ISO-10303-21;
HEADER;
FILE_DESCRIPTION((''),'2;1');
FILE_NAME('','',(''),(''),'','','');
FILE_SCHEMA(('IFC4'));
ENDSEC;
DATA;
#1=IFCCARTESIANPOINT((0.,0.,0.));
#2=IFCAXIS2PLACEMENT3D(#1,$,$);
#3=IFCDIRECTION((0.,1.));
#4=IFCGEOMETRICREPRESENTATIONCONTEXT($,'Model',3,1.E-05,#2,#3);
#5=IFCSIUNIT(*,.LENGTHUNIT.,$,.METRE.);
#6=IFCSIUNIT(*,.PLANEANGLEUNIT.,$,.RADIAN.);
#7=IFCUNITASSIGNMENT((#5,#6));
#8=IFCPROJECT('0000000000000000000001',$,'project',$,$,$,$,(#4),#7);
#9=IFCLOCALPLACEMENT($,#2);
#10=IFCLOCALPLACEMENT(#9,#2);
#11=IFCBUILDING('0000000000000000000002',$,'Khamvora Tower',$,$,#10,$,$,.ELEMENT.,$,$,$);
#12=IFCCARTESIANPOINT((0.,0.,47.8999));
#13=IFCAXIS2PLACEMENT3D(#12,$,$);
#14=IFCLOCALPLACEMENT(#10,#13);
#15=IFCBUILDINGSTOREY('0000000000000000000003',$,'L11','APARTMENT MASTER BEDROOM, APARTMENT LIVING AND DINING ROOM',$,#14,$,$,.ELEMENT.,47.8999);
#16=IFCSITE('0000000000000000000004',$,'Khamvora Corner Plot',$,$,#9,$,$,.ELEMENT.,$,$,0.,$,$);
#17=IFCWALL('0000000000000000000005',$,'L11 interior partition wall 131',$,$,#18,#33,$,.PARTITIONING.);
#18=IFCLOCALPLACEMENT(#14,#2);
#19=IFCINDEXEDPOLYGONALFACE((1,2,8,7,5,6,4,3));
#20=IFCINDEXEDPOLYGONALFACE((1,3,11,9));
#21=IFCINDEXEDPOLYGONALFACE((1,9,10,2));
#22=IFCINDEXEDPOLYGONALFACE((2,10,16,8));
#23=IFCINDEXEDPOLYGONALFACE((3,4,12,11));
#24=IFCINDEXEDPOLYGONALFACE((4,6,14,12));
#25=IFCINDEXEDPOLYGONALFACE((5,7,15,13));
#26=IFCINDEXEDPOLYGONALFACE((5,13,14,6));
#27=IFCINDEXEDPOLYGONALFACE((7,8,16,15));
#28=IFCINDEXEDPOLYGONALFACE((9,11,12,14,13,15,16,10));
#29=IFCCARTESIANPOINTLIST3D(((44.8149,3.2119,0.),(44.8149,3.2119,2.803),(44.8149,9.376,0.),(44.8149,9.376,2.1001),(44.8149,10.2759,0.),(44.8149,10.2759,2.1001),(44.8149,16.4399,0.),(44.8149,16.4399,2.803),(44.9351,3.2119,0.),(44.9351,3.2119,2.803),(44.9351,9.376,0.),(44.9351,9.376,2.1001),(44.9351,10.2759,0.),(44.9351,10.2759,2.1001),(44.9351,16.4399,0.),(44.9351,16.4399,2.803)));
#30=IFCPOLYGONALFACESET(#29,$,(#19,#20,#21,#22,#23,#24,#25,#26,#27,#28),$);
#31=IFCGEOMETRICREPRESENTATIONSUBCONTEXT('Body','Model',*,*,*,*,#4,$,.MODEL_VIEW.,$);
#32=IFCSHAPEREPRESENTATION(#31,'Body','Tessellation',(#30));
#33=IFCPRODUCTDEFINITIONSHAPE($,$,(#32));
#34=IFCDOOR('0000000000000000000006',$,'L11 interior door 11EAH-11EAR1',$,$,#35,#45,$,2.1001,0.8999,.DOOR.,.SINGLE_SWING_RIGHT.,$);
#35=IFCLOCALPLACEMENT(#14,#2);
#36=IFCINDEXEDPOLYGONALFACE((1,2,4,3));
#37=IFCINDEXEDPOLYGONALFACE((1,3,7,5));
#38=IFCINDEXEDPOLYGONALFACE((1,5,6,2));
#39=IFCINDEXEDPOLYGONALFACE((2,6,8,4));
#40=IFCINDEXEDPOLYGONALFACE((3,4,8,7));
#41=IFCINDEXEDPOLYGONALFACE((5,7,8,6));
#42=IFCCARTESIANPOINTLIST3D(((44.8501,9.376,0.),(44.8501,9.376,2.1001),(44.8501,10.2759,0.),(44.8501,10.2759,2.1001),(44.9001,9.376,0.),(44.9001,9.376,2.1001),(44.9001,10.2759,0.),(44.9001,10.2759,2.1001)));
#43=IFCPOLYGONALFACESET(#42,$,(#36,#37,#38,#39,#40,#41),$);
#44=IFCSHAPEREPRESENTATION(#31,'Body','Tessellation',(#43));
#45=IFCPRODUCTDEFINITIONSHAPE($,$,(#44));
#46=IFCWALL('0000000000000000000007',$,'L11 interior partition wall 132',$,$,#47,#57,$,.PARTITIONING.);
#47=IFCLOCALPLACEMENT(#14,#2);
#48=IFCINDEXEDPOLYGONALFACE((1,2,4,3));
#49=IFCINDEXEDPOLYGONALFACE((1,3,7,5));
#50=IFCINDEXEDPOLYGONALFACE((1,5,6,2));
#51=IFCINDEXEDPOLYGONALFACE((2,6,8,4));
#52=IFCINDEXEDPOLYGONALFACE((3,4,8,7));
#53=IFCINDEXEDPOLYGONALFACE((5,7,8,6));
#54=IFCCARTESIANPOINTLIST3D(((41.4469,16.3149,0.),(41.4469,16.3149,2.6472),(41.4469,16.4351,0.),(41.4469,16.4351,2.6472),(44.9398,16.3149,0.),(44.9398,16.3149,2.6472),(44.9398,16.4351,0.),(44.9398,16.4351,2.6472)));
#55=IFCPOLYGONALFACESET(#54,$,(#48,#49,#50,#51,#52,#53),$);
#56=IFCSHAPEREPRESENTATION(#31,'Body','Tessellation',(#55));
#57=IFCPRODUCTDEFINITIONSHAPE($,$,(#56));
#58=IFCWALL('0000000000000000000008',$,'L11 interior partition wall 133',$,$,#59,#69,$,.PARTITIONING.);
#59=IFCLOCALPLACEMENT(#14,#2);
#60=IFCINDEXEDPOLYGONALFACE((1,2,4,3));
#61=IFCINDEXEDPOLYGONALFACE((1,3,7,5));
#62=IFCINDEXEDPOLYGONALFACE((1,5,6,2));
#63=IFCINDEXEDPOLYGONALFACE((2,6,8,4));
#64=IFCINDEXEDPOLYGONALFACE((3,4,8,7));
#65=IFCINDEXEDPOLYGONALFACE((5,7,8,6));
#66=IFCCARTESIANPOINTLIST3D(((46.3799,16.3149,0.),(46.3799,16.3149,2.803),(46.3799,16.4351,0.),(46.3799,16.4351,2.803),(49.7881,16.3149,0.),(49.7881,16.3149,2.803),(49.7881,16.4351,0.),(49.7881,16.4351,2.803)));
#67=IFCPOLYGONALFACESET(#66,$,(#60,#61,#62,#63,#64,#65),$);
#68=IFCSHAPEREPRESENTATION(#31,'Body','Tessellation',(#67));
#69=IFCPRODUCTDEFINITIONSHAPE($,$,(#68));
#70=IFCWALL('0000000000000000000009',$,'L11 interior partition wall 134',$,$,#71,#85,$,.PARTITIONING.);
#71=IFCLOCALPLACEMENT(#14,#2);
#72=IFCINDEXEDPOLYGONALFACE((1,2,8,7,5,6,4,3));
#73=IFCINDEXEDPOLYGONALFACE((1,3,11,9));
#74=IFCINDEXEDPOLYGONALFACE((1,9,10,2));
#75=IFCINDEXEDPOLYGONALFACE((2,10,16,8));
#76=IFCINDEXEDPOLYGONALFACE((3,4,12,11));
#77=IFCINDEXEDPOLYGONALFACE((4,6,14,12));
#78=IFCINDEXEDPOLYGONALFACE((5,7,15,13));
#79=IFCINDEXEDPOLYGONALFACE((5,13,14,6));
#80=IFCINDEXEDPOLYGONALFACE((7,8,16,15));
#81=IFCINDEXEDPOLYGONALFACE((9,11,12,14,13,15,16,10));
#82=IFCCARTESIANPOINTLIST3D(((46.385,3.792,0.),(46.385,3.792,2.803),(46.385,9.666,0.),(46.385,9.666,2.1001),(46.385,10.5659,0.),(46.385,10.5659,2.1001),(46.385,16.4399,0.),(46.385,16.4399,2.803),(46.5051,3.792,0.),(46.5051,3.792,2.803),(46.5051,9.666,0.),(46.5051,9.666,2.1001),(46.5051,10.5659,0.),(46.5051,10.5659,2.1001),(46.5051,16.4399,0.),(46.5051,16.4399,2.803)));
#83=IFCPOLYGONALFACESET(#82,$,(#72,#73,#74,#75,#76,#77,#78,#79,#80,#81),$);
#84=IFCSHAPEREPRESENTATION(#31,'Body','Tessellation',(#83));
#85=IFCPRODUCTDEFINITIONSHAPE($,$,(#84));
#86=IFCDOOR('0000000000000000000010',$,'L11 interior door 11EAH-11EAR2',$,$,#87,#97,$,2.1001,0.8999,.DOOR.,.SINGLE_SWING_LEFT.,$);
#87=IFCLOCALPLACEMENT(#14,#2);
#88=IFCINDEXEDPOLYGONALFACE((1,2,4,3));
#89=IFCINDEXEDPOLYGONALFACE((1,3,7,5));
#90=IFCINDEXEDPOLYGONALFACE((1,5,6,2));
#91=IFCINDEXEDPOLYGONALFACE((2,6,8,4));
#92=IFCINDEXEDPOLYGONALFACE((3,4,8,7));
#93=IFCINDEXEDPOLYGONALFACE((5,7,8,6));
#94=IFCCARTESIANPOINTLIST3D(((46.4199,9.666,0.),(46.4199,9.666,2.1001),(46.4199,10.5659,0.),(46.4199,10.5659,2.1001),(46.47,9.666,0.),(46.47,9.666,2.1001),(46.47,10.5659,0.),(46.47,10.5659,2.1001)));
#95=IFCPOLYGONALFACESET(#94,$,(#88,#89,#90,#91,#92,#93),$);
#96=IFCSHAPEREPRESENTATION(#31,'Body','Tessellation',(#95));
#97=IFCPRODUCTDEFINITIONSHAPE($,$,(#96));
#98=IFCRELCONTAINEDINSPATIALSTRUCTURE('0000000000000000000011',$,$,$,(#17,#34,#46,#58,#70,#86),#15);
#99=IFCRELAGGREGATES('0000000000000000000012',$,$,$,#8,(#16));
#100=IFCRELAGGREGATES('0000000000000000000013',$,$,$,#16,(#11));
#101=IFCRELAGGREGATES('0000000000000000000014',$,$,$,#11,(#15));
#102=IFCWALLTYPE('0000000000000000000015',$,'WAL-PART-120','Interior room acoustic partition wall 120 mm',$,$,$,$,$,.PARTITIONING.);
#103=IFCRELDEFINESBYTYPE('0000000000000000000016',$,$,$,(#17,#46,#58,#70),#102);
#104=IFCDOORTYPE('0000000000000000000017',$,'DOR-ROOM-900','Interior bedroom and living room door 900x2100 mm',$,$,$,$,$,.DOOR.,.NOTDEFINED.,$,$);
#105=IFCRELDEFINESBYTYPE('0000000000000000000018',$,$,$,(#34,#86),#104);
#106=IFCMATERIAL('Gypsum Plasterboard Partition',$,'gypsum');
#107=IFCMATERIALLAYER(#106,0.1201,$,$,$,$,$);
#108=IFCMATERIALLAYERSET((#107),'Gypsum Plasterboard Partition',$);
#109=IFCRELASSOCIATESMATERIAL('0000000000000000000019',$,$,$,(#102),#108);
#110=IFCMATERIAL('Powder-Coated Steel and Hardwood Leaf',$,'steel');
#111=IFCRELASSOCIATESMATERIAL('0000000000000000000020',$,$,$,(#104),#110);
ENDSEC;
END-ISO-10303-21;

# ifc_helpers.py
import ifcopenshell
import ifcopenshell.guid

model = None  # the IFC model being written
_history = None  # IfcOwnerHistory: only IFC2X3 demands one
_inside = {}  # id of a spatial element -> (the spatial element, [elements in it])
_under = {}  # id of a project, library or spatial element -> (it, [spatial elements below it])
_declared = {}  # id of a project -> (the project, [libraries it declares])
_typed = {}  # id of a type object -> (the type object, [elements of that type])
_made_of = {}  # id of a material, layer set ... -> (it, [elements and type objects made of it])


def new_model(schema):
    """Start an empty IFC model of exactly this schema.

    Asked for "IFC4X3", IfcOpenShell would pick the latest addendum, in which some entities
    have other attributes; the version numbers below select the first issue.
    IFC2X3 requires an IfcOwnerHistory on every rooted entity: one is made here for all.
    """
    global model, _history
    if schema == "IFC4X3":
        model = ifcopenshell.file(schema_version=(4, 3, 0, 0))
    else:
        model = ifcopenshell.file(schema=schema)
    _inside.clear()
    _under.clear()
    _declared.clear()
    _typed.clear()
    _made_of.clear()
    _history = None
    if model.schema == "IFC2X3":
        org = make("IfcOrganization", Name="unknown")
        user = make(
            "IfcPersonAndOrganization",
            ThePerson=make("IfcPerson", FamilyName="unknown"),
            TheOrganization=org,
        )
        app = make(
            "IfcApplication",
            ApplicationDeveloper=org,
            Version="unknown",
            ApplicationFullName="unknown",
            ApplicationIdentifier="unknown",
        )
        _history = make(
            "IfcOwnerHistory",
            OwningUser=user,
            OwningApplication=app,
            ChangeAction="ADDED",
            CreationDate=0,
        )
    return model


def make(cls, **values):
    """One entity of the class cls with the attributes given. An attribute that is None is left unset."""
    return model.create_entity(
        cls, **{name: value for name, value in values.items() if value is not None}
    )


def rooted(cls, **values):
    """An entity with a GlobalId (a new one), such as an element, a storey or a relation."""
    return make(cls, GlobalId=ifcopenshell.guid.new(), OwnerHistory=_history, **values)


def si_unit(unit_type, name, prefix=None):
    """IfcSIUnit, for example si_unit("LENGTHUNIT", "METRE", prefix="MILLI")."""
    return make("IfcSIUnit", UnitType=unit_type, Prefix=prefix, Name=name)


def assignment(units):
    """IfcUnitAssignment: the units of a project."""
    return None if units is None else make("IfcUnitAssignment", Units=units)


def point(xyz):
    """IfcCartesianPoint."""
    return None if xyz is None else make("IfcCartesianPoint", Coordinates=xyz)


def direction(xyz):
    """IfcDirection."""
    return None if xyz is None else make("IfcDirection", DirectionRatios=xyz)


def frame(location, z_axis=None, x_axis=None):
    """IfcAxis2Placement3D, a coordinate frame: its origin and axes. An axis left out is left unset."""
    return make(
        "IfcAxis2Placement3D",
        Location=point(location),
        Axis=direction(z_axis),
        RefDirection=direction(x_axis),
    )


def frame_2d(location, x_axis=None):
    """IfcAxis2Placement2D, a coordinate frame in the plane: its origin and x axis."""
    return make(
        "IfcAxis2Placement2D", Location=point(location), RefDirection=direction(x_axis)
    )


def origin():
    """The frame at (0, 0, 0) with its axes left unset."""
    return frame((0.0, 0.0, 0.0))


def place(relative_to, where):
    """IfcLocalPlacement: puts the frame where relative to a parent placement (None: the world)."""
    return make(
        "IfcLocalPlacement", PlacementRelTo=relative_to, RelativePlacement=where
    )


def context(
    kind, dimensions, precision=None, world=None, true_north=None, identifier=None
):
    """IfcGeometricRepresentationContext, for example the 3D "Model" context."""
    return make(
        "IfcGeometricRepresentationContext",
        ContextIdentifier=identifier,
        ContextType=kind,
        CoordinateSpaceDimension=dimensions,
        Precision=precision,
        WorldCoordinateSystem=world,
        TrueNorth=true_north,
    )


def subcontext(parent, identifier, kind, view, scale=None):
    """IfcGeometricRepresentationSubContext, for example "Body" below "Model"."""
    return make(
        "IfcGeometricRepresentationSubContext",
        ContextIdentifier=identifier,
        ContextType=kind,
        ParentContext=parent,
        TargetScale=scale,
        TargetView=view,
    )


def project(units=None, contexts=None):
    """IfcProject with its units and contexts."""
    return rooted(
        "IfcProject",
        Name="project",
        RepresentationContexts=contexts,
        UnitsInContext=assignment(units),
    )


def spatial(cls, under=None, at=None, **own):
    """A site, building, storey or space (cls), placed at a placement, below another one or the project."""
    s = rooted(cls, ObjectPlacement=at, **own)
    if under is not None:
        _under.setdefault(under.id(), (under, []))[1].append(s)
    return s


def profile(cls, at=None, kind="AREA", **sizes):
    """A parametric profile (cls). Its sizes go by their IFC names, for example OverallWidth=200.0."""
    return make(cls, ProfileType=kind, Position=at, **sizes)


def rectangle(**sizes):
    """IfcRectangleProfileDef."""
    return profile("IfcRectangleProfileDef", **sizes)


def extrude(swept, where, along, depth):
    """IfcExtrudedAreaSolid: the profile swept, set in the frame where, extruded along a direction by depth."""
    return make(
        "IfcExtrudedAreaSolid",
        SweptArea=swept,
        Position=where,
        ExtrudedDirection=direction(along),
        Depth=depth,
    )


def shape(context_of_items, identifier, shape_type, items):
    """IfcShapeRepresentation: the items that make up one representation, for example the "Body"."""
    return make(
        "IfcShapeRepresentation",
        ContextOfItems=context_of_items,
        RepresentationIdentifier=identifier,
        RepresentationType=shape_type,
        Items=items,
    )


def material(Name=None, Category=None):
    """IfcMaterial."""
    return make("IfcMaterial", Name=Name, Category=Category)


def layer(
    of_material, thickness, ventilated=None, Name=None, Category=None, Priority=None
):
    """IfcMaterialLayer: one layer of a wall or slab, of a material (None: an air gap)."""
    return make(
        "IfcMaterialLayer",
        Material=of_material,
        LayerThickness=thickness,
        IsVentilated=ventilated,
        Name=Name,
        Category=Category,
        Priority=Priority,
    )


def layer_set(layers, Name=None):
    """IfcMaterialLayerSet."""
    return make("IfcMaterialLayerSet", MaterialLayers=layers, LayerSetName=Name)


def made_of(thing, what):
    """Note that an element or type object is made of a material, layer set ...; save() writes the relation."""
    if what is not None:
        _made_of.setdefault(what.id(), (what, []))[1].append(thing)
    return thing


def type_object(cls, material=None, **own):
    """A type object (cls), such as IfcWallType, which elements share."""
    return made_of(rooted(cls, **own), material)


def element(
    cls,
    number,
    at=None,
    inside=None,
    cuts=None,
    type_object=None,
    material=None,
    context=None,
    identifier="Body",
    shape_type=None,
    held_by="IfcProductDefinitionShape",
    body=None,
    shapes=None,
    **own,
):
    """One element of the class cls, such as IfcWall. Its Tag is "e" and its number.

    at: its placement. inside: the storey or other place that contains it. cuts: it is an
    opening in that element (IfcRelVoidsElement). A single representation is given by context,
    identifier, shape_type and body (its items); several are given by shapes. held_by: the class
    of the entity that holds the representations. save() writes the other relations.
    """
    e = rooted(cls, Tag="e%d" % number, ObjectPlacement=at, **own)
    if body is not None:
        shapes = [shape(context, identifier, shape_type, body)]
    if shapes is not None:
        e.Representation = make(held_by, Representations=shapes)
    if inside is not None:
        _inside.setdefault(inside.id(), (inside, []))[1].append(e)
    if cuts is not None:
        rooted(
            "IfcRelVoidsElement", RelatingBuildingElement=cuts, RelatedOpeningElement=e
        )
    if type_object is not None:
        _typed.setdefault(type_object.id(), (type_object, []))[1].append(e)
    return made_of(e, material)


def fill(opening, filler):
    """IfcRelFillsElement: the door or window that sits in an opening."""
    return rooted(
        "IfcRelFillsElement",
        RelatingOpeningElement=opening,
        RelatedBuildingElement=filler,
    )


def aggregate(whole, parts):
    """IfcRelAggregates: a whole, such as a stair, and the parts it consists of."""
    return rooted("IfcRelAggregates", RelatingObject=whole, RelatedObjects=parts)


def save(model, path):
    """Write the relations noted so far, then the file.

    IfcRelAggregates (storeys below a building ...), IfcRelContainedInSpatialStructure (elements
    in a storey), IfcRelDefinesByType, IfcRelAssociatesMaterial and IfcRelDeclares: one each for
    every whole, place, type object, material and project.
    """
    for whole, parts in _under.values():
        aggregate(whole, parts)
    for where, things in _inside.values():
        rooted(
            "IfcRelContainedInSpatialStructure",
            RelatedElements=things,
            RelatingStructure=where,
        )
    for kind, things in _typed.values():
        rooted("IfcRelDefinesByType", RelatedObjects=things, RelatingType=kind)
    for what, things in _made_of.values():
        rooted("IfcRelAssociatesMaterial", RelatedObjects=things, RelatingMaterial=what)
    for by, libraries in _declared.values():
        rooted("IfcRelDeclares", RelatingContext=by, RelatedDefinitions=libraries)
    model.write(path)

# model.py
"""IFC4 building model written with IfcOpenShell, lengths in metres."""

from ifc_helpers import new_model, si_unit, direction, frame, frame_2d, origin, place, context, subcontext, project, spatial, rectangle, extrude, material, layer, layer_set, type_object, element, fill, save


model = new_model("IFC4")

# Units and contexts
model_context = context("Model", 3, precision=1e-05, world=origin(), true_north=direction((0.0, 1.0)))
body_context = subcontext(model_context, "Body", "Model", "MODEL_VIEW")
ifc_project = project(units=[si_unit("LENGTHUNIT", "METRE"), si_unit("PLANEANGLEUNIT", "RADIAN")], contexts=[model_context])

# Site, building, storey
site_placement = place(None, origin())
site = spatial("IfcSite", under=ifc_project, at=site_placement, Name="Khamvora Corner Plot", CompositionType="ELEMENT", RefElevation=0.0)
building_placement = place(site_placement, origin())
building = spatial("IfcBuilding", under=site, at=building_placement, Name="Khamvora Tower", CompositionType="ELEMENT")
storey_placement = place(building_placement, frame((0.0, 0.0, 47.8999)))
storey = spatial("IfcBuildingStorey", under=building, at=storey_placement, Name="L11", Description="APARTMENT MASTER BEDROOM, APARTMENT LIVING AND DINING ROOM", CompositionType="ELEMENT", Elevation=47.8999)

# Wall, opening, door
ifc_material_1 = material(Name="Gypsum Plasterboard Partition", Category="gypsum")
ifc_layer_1 = layer(ifc_material_1, 0.1201)
ifc_layer_set_1 = layer_set([ifc_layer_1], Name="Gypsum Plasterboard Partition")
wall_type_1 = type_object("IfcWallType", Name="WAL-PART-120", Description="Interior room acoustic partition wall 120 mm", PredefinedType="PARTITIONING", material=ifc_layer_set_1)
wall_1_placement = place(storey_placement, frame((44.875, 3.2119, 0.0), z_axis=(0.0, 0.0, 1.0), x_axis=(0.0, 1.0, 0.0)))
wall_1 = element("IfcWall", 1, at=wall_1_placement, inside=storey, type_object=wall_type_1, Name="L11 interior partition wall 131", PredefinedType="PARTITIONING", context=body_context, shape_type="SweptSolid", body=[
    extrude(rectangle(XDim=13.228, YDim=0.1201, at=frame_2d((6.614, 0.0))), origin(), (0.0, 0.0, 1.0), 2.803),
])
opening_1_placement = place(wall_1_placement, frame((6.1641, 0.0, 0.0)))
opening_1 = element("IfcOpeningElement", 2, at=opening_1_placement, cuts=wall_1, PredefinedType="OPENING", context=body_context, shape_type="SweptSolid", body=[
    extrude(rectangle(XDim=0.8999, YDim=2.1001, at=frame_2d((0.45, 1.05))), frame((0.0, 0.0701, 0.0), z_axis=(0.0, -1.0, 0.0), x_axis=(1.0, 0.0, 0.0)), (0.0, 0.0, 1.0), 0.1401),
])
ifc_material_2 = material(Name="Powder-Coated Steel and Hardwood Leaf", Category="steel")
door_type = type_object("IfcDoorType", Name="DOR-ROOM-900", Description="Interior bedroom and living room door 900x2100 mm", OperationType="NOTDEFINED", PredefinedType="DOOR", material=ifc_material_2)
door_1_placement = place(opening_1_placement, origin())
door_1 = element("IfcDoor", 3, at=door_1_placement, inside=storey, type_object=door_type, Name="L11 interior door 11EAH-11EAR1", OperationType="SINGLE_SWING_RIGHT", OverallHeight=2.1001, OverallWidth=0.8999, PredefinedType="DOOR", context=body_context, shape_type="SweptSolid", body=[
    extrude(rectangle(XDim=0.8999, YDim=2.1001, at=frame_2d((0.45, 1.05))), frame((0.0, 0.0249, 0.0), z_axis=(0.0, -1.0, 0.0), x_axis=(1.0, 0.0, 0.0)), (0.0, 0.0, 1.0), 0.05),
])
fill(opening_1, door_1)

# Walls
wall_2_placement = place(storey_placement, frame((44.9399, 16.375, 0.0), z_axis=(0.0, 0.0, 1.0), x_axis=(-1.0, 0.0, 0.0)))
element("IfcWall", 4, at=wall_2_placement, inside=storey, type_object=wall_type_1, Name="L11 interior partition wall 132", PredefinedType="PARTITIONING", context=body_context, shape_type="SweptSolid", body=[
    extrude(rectangle(XDim=3.4929, YDim=0.1201, at=frame_2d((1.7466, 0.0))), origin(), (0.0, 0.0, 1.0), 2.6472),
])
wall_3_placement = place(storey_placement, frame((49.7881, 16.375, 0.0), z_axis=(0.0, 0.0, 1.0), x_axis=(-1.0, 0.0, 0.0)))
element("IfcWall", 5, at=wall_3_placement, inside=storey, type_object=wall_type_1, Name="L11 interior partition wall 133", PredefinedType="PARTITIONING", context=body_context, shape_type="SweptSolid", body=[
    extrude(rectangle(XDim=3.4082, YDim=0.1201, at=frame_2d((1.7041, 0.0))), origin(), (0.0, 0.0, 1.0), 2.803),
])

# Wall, opening, door
wall_4_placement = place(storey_placement, frame((46.4451, 16.4399, 0.0), z_axis=(0.0, 0.0, 1.0), x_axis=(0.0, -1.0, 0.0)))
wall_4 = element("IfcWall", 6, at=wall_4_placement, inside=storey, type_object=wall_type_1, Name="L11 interior partition wall 134", PredefinedType="PARTITIONING", context=body_context, shape_type="SweptSolid", body=[
    extrude(rectangle(XDim=12.6479, YDim=0.1201, at=frame_2d((6.324, 0.0))), origin(), (0.0, 0.0, 1.0), 2.803),
])
opening_2_placement = place(wall_4_placement, frame((5.874, 0.0, 0.0)))
opening_2 = element("IfcOpeningElement", 7, at=opening_2_placement, cuts=wall_4, PredefinedType="OPENING", context=body_context, shape_type="SweptSolid", body=[
    extrude(rectangle(XDim=0.8999, YDim=2.1001, at=frame_2d((0.45, 1.05))), frame((0.0, 0.0701, 0.0), z_axis=(0.0, -1.0, 0.0), x_axis=(1.0, 0.0, 0.0)), (0.0, 0.0, 1.0), 0.1401),
])
door_2_placement = place(opening_2_placement, origin())
door_2 = element("IfcDoor", 8, at=door_2_placement, inside=storey, type_object=door_type, Name="L11 interior door 11EAH-11EAR2", OperationType="SINGLE_SWING_LEFT", OverallHeight=2.1001, OverallWidth=0.8999, PredefinedType="DOOR", context=body_context, shape_type="SweptSolid", body=[
    extrude(rectangle(XDim=0.8999, YDim=2.1001, at=frame_2d((0.45, 1.05))), frame((0.0, 0.0249, 0.0), z_axis=(0.0, -1.0, 0.0), x_axis=(1.0, 0.0, 0.0)), (0.0, 0.0, 1.0), 0.05),
])
fill(opening_2, door_2)

save(model, "model.ifc")
